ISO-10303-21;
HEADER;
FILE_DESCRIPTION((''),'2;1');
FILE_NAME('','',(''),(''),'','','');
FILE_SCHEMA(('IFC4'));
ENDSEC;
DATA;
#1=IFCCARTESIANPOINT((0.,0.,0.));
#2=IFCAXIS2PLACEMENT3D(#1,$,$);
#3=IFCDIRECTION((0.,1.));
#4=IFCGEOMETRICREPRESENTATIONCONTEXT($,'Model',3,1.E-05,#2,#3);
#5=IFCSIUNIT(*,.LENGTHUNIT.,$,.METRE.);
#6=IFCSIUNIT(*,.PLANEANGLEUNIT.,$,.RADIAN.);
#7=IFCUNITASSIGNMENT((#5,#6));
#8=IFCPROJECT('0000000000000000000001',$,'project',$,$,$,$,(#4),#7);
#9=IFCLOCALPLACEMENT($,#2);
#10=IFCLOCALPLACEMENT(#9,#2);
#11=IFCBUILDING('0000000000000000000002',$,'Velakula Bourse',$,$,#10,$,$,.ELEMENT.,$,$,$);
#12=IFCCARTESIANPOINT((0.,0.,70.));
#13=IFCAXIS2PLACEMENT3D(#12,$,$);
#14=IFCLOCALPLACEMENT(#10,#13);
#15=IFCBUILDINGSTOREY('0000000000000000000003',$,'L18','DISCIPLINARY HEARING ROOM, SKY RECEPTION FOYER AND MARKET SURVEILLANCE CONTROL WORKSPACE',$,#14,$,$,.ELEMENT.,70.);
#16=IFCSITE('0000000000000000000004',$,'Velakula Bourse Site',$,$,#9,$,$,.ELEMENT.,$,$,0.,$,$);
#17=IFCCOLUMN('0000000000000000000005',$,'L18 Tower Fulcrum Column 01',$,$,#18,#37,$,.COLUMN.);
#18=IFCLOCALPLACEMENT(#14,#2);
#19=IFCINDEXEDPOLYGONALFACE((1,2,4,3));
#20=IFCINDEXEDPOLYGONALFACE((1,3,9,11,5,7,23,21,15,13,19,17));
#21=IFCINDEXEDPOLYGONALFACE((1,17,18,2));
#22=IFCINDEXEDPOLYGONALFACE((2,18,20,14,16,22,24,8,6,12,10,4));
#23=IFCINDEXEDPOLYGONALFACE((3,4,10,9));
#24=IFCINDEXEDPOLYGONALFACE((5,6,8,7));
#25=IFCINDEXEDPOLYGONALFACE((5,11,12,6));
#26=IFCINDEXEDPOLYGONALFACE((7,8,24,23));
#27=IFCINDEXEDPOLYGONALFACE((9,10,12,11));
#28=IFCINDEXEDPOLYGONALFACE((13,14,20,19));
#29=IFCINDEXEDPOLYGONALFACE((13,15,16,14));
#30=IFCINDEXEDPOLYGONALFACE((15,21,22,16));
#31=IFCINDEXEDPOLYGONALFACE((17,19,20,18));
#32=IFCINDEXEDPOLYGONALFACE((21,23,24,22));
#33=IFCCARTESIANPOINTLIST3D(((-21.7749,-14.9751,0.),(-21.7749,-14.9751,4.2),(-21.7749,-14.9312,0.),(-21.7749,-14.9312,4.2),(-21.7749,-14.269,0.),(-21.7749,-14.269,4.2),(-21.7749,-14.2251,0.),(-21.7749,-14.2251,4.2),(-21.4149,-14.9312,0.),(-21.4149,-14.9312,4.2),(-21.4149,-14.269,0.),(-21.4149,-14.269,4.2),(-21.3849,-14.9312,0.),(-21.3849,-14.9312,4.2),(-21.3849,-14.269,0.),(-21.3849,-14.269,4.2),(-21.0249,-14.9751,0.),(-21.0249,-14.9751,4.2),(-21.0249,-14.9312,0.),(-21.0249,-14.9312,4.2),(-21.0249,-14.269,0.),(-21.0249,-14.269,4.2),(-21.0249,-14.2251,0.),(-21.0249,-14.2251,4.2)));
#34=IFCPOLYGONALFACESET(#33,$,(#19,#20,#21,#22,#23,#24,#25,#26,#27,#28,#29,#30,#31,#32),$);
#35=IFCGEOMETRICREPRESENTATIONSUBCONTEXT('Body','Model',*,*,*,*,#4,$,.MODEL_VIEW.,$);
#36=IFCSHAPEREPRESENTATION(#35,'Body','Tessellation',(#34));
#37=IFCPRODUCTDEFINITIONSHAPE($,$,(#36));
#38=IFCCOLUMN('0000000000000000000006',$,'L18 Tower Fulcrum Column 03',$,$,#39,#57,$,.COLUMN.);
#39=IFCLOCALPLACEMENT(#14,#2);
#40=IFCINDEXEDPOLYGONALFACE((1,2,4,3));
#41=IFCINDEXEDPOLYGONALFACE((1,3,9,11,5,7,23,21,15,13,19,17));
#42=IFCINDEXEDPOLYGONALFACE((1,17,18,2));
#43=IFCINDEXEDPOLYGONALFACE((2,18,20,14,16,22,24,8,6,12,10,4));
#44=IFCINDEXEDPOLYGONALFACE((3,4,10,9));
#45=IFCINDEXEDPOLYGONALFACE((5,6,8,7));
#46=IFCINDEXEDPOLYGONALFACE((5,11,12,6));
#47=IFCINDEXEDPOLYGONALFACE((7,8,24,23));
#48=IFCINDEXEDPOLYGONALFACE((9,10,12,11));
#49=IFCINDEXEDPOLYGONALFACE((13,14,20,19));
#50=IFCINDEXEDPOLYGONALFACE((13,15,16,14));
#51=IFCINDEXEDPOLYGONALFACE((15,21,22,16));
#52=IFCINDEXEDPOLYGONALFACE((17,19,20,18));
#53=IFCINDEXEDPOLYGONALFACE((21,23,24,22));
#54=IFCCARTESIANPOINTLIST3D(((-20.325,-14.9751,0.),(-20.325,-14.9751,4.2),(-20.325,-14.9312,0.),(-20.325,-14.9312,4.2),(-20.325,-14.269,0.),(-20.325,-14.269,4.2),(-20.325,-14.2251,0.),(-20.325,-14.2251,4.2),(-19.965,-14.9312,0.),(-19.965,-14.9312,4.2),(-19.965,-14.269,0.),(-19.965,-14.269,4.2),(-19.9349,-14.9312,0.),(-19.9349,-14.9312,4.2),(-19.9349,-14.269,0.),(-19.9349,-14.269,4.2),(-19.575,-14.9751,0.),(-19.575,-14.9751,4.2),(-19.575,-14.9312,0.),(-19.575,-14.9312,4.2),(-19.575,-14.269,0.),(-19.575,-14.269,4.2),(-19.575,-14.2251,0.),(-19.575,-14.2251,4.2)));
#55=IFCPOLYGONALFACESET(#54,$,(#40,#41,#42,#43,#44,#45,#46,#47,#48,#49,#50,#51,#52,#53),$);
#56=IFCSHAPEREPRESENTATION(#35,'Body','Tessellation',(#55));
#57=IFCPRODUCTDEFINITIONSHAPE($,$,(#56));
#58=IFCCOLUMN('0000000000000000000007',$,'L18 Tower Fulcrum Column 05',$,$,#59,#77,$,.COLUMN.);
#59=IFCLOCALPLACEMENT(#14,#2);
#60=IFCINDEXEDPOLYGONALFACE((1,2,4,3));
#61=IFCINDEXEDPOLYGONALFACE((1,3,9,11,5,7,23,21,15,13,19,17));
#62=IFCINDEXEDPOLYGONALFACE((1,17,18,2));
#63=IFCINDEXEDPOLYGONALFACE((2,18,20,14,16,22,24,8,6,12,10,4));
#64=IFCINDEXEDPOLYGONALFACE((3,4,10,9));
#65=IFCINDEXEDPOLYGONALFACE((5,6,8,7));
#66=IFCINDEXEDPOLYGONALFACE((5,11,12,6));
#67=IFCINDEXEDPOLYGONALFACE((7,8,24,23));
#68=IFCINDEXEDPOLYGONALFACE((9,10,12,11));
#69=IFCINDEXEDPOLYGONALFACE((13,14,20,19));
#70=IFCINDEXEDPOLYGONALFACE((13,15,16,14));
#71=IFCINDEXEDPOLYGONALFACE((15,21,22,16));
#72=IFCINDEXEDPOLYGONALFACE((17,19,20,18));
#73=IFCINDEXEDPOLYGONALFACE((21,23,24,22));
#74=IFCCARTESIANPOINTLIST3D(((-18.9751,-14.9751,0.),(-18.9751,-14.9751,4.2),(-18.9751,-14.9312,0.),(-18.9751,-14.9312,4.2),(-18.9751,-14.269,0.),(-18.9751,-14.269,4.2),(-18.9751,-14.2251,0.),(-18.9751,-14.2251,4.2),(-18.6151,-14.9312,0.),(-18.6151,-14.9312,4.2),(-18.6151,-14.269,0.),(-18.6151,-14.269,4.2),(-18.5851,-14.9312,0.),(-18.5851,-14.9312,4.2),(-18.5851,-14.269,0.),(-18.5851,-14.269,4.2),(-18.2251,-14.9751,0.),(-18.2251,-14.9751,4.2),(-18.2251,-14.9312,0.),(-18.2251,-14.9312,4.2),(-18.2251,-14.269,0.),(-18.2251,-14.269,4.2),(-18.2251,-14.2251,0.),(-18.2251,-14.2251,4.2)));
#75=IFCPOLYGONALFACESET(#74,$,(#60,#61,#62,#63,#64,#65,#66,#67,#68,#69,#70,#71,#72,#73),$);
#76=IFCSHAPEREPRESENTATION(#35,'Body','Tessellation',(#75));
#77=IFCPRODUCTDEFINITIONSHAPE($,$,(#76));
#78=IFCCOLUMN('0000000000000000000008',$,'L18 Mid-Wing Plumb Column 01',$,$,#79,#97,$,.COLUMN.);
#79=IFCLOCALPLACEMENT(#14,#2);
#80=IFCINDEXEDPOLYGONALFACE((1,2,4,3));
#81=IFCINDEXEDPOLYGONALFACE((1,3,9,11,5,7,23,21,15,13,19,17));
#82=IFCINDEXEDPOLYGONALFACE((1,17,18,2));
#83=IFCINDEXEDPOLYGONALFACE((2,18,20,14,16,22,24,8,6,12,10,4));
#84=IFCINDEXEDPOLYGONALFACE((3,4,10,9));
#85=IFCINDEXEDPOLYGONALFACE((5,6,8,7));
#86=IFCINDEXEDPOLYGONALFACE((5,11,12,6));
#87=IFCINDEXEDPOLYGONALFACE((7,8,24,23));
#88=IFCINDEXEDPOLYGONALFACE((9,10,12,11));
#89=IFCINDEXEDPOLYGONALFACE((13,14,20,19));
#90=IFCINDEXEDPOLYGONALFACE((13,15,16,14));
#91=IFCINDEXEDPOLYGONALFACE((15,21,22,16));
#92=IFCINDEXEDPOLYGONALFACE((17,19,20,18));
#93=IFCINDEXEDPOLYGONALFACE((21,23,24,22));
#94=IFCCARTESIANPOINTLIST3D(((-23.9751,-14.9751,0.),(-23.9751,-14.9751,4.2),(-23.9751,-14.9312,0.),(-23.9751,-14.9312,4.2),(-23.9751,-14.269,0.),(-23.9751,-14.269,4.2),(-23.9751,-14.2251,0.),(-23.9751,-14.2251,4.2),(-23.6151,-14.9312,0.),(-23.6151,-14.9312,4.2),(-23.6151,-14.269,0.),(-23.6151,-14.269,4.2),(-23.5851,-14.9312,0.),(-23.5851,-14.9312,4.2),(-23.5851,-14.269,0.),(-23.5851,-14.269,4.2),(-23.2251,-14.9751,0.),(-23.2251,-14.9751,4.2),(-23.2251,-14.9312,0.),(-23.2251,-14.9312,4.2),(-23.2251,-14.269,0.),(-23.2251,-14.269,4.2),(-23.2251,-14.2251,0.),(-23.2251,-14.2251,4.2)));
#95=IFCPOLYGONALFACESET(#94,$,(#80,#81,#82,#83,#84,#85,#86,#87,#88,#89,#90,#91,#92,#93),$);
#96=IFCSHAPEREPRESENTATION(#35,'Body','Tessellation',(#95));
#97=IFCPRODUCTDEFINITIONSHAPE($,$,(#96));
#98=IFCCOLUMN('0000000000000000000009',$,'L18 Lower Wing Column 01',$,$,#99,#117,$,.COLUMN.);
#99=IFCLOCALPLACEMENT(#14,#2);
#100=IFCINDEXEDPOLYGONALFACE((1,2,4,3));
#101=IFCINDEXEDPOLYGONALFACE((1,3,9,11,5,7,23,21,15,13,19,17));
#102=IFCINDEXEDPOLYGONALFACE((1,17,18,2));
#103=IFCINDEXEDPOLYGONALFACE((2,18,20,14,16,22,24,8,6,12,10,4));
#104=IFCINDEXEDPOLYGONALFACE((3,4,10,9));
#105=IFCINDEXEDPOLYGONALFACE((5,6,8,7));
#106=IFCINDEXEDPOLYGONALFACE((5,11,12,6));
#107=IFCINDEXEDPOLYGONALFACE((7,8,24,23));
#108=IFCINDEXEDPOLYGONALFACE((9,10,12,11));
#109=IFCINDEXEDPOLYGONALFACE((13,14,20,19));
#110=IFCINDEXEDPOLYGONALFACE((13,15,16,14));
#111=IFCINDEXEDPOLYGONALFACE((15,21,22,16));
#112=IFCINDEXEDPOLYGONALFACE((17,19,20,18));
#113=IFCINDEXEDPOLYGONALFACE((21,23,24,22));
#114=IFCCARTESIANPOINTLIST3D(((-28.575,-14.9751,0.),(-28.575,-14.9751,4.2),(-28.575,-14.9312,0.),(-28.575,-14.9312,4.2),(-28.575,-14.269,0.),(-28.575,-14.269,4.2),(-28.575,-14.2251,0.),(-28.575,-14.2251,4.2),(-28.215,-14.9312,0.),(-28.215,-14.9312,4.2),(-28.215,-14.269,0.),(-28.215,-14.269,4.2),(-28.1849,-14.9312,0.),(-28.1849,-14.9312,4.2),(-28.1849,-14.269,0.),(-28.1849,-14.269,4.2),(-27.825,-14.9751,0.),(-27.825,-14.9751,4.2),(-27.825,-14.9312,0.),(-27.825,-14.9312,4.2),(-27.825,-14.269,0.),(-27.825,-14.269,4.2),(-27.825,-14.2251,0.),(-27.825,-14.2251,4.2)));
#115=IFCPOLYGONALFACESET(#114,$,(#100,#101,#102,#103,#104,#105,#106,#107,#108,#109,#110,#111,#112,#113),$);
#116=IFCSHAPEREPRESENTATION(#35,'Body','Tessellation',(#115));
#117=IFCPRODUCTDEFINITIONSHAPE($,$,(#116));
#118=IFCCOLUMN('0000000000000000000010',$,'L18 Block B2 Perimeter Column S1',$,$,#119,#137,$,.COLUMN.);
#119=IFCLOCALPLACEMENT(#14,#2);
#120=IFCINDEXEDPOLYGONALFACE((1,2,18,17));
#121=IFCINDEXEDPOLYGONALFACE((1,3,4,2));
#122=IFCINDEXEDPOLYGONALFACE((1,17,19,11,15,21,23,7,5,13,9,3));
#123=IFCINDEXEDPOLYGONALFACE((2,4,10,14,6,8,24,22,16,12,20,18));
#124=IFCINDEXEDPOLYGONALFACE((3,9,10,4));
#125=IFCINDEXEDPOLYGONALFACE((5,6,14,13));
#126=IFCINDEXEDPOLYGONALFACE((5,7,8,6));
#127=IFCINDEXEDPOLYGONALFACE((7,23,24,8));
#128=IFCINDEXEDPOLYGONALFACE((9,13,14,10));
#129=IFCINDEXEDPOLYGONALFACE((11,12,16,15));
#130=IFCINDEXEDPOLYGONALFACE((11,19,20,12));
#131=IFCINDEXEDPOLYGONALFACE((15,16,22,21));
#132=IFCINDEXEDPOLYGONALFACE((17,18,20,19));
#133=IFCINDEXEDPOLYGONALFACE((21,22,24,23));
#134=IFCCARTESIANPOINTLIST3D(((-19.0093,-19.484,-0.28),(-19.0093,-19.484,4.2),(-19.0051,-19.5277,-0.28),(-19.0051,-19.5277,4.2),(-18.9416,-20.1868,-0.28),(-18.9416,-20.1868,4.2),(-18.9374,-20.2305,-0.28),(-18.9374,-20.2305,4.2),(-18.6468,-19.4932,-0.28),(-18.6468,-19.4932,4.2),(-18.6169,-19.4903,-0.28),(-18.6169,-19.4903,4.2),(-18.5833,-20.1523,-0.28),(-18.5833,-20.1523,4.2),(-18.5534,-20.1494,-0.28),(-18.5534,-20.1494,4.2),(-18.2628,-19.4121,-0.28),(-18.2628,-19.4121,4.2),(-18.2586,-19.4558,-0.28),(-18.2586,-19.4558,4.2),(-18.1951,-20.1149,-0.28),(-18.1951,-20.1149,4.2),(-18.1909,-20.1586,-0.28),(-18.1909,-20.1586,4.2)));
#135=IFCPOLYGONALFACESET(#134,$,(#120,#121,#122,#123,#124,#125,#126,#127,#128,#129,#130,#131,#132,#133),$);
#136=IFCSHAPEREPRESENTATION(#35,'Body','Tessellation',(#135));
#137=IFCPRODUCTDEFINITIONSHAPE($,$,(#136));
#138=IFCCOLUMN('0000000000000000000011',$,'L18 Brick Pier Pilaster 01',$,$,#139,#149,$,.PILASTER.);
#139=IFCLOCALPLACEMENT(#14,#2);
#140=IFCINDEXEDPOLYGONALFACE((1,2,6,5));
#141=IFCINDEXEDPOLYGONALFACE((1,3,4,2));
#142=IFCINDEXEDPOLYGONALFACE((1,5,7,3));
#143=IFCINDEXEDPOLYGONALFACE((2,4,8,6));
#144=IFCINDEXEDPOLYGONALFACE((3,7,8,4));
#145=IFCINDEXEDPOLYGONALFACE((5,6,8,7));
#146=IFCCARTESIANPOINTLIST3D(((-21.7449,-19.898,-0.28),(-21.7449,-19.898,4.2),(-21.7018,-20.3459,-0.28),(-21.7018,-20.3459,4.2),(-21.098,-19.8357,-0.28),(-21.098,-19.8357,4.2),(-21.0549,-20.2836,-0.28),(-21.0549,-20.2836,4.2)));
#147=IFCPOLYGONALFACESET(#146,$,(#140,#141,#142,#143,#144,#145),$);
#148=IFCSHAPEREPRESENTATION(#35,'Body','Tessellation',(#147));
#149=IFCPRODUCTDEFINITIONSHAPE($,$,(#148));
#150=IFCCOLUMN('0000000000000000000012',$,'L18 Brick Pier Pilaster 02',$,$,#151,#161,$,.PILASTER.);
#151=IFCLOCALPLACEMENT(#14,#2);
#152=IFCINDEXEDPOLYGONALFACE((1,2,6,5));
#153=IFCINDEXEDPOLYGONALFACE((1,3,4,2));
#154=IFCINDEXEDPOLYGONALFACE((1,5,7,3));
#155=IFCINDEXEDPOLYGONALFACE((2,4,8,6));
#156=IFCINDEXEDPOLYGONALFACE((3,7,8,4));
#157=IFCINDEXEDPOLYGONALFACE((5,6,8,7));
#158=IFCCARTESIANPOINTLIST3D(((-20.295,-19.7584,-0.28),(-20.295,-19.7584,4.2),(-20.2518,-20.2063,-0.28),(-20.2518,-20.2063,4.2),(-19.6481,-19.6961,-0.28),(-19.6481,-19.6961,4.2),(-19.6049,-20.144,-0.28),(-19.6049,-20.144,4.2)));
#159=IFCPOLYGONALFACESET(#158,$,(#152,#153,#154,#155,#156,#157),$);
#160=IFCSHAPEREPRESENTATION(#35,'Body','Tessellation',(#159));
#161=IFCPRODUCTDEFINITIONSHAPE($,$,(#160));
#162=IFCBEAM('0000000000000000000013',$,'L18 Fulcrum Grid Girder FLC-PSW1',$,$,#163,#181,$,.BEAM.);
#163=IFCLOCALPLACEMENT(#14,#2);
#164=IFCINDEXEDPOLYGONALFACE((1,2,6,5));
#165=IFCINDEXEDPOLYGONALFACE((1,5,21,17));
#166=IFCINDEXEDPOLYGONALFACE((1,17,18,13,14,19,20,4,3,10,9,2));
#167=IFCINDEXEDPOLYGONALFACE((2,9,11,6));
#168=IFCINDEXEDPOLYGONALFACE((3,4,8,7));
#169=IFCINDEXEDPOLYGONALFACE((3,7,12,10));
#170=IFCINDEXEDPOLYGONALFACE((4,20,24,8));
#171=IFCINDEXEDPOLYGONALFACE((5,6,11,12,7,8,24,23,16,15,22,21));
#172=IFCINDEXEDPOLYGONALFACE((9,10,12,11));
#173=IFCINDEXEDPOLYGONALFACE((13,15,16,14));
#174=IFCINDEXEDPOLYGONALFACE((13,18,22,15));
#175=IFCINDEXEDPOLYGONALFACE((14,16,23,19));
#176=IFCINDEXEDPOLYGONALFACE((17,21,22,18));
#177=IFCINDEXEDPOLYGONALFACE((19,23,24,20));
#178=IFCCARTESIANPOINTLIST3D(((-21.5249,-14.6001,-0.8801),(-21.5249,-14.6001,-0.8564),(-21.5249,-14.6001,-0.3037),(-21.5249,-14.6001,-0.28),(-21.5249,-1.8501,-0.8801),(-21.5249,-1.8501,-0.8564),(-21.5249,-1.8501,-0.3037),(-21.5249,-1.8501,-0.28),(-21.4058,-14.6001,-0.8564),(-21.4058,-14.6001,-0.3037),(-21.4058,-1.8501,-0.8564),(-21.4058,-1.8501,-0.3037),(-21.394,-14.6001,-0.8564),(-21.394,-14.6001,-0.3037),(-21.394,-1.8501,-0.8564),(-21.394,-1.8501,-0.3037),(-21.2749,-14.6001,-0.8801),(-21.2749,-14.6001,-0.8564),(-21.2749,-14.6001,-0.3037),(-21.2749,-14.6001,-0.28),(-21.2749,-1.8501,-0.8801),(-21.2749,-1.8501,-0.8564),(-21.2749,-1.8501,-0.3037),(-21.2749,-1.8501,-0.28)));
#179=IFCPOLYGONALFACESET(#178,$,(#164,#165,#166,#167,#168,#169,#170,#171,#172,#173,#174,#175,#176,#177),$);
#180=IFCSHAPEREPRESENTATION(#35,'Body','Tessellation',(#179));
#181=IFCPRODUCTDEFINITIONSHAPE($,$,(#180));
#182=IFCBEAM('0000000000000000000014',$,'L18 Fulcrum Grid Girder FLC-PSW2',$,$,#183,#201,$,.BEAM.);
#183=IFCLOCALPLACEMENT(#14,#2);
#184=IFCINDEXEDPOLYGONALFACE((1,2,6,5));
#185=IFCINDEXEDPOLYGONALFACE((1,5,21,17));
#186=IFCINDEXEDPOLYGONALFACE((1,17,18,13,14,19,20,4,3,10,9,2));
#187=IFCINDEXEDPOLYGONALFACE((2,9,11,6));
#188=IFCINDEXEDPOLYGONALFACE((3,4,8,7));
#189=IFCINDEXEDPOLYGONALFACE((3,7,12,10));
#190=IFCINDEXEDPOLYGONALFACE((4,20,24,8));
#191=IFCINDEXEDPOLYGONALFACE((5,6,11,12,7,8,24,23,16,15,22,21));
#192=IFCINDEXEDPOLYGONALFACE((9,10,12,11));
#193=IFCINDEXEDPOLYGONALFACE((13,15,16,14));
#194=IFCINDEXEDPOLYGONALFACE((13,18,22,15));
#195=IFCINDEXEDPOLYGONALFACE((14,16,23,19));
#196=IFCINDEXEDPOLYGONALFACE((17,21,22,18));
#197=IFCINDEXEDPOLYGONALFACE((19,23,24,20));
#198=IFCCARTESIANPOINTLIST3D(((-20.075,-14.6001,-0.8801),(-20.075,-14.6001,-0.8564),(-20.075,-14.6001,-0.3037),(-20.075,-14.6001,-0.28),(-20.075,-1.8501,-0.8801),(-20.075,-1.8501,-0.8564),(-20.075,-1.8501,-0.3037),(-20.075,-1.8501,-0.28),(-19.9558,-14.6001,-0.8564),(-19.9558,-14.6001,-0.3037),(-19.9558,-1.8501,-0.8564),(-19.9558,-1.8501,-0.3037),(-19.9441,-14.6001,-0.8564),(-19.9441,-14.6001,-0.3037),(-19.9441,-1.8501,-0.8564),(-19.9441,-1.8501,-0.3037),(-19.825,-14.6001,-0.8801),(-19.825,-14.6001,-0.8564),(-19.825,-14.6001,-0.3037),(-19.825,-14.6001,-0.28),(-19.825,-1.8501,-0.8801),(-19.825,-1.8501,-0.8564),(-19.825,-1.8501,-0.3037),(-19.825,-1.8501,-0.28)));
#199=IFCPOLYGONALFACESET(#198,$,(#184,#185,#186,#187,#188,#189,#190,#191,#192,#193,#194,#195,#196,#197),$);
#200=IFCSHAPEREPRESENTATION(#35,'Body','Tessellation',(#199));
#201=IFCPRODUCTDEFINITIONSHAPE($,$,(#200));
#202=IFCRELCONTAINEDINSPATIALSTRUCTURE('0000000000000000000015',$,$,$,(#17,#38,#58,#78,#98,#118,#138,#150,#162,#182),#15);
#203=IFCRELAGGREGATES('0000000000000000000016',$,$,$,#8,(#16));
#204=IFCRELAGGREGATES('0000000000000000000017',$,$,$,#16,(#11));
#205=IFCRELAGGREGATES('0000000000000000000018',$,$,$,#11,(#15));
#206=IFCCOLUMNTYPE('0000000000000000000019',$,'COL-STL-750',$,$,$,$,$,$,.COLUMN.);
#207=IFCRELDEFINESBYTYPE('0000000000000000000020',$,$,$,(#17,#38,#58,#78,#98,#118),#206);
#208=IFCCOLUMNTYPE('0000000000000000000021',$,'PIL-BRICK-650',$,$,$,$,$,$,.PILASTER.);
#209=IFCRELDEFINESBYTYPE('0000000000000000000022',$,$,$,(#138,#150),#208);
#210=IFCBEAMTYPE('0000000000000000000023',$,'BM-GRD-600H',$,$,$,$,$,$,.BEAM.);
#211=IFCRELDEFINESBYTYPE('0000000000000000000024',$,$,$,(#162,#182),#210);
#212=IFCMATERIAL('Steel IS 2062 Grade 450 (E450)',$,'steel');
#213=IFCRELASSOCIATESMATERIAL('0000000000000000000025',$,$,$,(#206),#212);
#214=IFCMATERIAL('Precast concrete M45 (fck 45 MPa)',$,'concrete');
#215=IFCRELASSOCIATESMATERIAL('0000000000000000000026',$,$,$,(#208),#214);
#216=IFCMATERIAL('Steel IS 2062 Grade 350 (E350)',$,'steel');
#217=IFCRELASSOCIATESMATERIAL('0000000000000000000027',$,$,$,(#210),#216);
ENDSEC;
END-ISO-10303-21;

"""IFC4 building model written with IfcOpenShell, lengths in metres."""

from ifc_helpers import new_model, si_unit, direction, frame, origin, origin_2d, place, context, subcontext, project, spatial, rectangle, i_section, extrude, material, material_profile, profile_set, type_object, element, save


model = new_model("IFC4")

# Units and contexts
model_context = context("Model", 3, precision=1e-05, world=origin(), true_north=direction((0.0, 1.0)))
body_context = subcontext(model_context, "Body", "Model", "MODEL_VIEW")
ifc_project = project(units=[si_unit("LENGTHUNIT", "METRE"), si_unit("PLANEANGLEUNIT", "RADIAN")], contexts=[model_context])

# Site, building, storey
site_placement = place(None, origin())
site = spatial("IfcSite", under=ifc_project, at=site_placement, Name="Velakula Bourse Site", CompositionType="ELEMENT", RefElevation=0.0)
building_placement = place(site_placement, origin())
building = spatial("IfcBuilding", under=site, at=building_placement, Name="Velakula Bourse", CompositionType="ELEMENT")
storey_placement = place(building_placement, frame((0.0, 0.0, 70.0)))
storey = spatial("IfcBuildingStorey", under=building, at=storey_placement, Name="L18", Description="DISCIPLINARY HEARING ROOM, SKY RECEPTION FOYER AND MARKET SURVEILLANCE CONTROL WORKSPACE", CompositionType="ELEMENT", Elevation=70.0)

# Columns
ifc_material_1 = material(Name="Steel IS 2062 Grade 450 (E450)", Category="steel")
ifc_material_profile_1 = material_profile(ifc_material_1, i_section(OverallWidth=0.75, OverallDepth=0.75, WebThickness=0.03, FlangeThickness=0.0439, at=origin_2d()), Name="Steel IS 2062 Grade 450 (E450)")
ifc_profile_set_1 = profile_set([ifc_material_profile_1], Name="Steel IS 2062 Grade 450 (E450)")
column_type_1 = type_object("IfcColumnType", Name="COL-STL-750", PredefinedType="COLUMN", material=ifc_profile_set_1)
for number, where, z_axis, x_axis, name in (
    (1, (-21.3999, -14.6001, 0.0), (0.0, 0.0, 1.0), (1.0, 0.0, 0.0), "L18 Tower Fulcrum Column 01"),
    (2, (-19.95, -14.6001, 0.0), (0.0, 0.0, 1.0), (1.0, 0.0, 0.0), "L18 Tower Fulcrum Column 03"),
    (3, (-18.6001, -14.6001, 0.0), (0.0, 0.0, 1.0), (1.0, 0.0, 0.0), "L18 Tower Fulcrum Column 05"),
    (4, (-23.6001, -14.6001, 0.0), (0.0, 0.0, 1.0), (1.0, 0.0, 0.0), "L18 Mid-Wing Plumb Column 01"),
    (5, (-28.2, -14.6001, 0.0), (0.0, 0.0, 1.0), (1.0, 0.0, 0.0), "L18 Lower Wing Column 01"),
):
    element("IfcColumn", number, at=place(storey_placement, frame(where, z_axis=z_axis, x_axis=x_axis)), inside=storey, type_object=column_type_1, Name=name, PredefinedType="COLUMN", context=body_context, shape_type="SweptSolid", body=[
        extrude(i_section(OverallWidth=0.75, OverallDepth=0.75, WebThickness=0.03, FlangeThickness=0.0439, at=origin_2d()), origin(), (0.0, 0.0, 1.0), 4.2),
    ])
column_placement = place(storey_placement, frame((-18.6001, -19.8213, -0.28), z_axis=(0.0, 0.0, 1.0), x_axis=(0.995396, 0.095846, 0.0)))
element("IfcColumn", 6, at=column_placement, inside=storey, type_object=column_type_1, Name="L18 Block B2 Perimeter Column S1", PredefinedType="COLUMN", context=body_context, shape_type="SweptSolid", body=[
    extrude(i_section(OverallWidth=0.75, OverallDepth=0.75, WebThickness=0.03, FlangeThickness=0.0439, at=origin_2d()), origin(), (0.0, 0.0, 1.0), 4.48),
])
ifc_material_2 = material(Name="Precast concrete M45 (fck 45 MPa)", Category="concrete")
ifc_material_profile_2 = material_profile(ifc_material_2, rectangle(XDim=0.6499, YDim=0.45, at=origin_2d()), Name="Precast concrete M45 (fck 45 MPa)")
ifc_profile_set_2 = profile_set([ifc_material_profile_2], Name="Precast concrete M45 (fck 45 MPa)")
column_type_2 = type_object("IfcColumnType", Name="PIL-BRICK-650", PredefinedType="PILASTER", material=ifc_profile_set_2)
for number, where, z_axis, x_axis, name in (
    (7, (-21.3999, -20.0908, -0.28), (0.0, 0.0, 1.0), (0.995396, 0.095846, 0.0), "L18 Brick Pier Pilaster 01"),
    (8, (-19.95, -19.9512, -0.28), (0.0, 0.0, 1.0), (0.995396, 0.095846, 0.0), "L18 Brick Pier Pilaster 02"),
):
    element("IfcColumn", number, at=place(storey_placement, frame(where, z_axis=z_axis, x_axis=x_axis)), inside=storey, type_object=column_type_2, Name=name, PredefinedType="PILASTER", context=body_context, shape_type="SweptSolid", body=[
        extrude(rectangle(XDim=0.6499, YDim=0.45, at=origin_2d()), origin(), (0.0, 0.0, 1.0), 4.48),
    ])

# Beams
ifc_material_3 = material(Name="Steel IS 2062 Grade 350 (E350)", Category="steel")
ifc_material_profile_3 = material_profile(ifc_material_3, i_section(OverallWidth=0.25, OverallDepth=0.6001, WebThickness=0.0117, FlangeThickness=0.0237, at=origin_2d()), Name="Steel IS 2062 Grade 350 (E350)")
ifc_profile_set_3 = profile_set([ifc_material_profile_3], Name="Steel IS 2062 Grade 350 (E350)")
beam_type_1 = type_object("IfcBeamType", Name="BM-GRD-600H", PredefinedType="BEAM", material=ifc_profile_set_3)
for number, where, z_axis, x_axis, name in (
    (9, (-21.3999, -14.6001, -0.5801), (0.0, 1.0, 0.0), (-1.0, 0.0, 0.0), "L18 Fulcrum Grid Girder FLC-PSW1"),
    (10, (-19.95, -14.6001, -0.5801), (0.0, 1.0, 0.0), (-1.0, 0.0, 0.0), "L18 Fulcrum Grid Girder FLC-PSW2"),
):
    element("IfcBeam", number, at=place(storey_placement, frame(where, z_axis=z_axis, x_axis=x_axis)), inside=storey, type_object=beam_type_1, Name=name, PredefinedType="BEAM", context=body_context, shape_type="SweptSolid", body=[
        extrude(i_section(OverallWidth=0.25, OverallDepth=0.6001, WebThickness=0.0117, FlangeThickness=0.0237, at=origin_2d()), origin(), (0.0, 0.0, 1.0), 12.75),
    ])

save(model, "model.ifc")
